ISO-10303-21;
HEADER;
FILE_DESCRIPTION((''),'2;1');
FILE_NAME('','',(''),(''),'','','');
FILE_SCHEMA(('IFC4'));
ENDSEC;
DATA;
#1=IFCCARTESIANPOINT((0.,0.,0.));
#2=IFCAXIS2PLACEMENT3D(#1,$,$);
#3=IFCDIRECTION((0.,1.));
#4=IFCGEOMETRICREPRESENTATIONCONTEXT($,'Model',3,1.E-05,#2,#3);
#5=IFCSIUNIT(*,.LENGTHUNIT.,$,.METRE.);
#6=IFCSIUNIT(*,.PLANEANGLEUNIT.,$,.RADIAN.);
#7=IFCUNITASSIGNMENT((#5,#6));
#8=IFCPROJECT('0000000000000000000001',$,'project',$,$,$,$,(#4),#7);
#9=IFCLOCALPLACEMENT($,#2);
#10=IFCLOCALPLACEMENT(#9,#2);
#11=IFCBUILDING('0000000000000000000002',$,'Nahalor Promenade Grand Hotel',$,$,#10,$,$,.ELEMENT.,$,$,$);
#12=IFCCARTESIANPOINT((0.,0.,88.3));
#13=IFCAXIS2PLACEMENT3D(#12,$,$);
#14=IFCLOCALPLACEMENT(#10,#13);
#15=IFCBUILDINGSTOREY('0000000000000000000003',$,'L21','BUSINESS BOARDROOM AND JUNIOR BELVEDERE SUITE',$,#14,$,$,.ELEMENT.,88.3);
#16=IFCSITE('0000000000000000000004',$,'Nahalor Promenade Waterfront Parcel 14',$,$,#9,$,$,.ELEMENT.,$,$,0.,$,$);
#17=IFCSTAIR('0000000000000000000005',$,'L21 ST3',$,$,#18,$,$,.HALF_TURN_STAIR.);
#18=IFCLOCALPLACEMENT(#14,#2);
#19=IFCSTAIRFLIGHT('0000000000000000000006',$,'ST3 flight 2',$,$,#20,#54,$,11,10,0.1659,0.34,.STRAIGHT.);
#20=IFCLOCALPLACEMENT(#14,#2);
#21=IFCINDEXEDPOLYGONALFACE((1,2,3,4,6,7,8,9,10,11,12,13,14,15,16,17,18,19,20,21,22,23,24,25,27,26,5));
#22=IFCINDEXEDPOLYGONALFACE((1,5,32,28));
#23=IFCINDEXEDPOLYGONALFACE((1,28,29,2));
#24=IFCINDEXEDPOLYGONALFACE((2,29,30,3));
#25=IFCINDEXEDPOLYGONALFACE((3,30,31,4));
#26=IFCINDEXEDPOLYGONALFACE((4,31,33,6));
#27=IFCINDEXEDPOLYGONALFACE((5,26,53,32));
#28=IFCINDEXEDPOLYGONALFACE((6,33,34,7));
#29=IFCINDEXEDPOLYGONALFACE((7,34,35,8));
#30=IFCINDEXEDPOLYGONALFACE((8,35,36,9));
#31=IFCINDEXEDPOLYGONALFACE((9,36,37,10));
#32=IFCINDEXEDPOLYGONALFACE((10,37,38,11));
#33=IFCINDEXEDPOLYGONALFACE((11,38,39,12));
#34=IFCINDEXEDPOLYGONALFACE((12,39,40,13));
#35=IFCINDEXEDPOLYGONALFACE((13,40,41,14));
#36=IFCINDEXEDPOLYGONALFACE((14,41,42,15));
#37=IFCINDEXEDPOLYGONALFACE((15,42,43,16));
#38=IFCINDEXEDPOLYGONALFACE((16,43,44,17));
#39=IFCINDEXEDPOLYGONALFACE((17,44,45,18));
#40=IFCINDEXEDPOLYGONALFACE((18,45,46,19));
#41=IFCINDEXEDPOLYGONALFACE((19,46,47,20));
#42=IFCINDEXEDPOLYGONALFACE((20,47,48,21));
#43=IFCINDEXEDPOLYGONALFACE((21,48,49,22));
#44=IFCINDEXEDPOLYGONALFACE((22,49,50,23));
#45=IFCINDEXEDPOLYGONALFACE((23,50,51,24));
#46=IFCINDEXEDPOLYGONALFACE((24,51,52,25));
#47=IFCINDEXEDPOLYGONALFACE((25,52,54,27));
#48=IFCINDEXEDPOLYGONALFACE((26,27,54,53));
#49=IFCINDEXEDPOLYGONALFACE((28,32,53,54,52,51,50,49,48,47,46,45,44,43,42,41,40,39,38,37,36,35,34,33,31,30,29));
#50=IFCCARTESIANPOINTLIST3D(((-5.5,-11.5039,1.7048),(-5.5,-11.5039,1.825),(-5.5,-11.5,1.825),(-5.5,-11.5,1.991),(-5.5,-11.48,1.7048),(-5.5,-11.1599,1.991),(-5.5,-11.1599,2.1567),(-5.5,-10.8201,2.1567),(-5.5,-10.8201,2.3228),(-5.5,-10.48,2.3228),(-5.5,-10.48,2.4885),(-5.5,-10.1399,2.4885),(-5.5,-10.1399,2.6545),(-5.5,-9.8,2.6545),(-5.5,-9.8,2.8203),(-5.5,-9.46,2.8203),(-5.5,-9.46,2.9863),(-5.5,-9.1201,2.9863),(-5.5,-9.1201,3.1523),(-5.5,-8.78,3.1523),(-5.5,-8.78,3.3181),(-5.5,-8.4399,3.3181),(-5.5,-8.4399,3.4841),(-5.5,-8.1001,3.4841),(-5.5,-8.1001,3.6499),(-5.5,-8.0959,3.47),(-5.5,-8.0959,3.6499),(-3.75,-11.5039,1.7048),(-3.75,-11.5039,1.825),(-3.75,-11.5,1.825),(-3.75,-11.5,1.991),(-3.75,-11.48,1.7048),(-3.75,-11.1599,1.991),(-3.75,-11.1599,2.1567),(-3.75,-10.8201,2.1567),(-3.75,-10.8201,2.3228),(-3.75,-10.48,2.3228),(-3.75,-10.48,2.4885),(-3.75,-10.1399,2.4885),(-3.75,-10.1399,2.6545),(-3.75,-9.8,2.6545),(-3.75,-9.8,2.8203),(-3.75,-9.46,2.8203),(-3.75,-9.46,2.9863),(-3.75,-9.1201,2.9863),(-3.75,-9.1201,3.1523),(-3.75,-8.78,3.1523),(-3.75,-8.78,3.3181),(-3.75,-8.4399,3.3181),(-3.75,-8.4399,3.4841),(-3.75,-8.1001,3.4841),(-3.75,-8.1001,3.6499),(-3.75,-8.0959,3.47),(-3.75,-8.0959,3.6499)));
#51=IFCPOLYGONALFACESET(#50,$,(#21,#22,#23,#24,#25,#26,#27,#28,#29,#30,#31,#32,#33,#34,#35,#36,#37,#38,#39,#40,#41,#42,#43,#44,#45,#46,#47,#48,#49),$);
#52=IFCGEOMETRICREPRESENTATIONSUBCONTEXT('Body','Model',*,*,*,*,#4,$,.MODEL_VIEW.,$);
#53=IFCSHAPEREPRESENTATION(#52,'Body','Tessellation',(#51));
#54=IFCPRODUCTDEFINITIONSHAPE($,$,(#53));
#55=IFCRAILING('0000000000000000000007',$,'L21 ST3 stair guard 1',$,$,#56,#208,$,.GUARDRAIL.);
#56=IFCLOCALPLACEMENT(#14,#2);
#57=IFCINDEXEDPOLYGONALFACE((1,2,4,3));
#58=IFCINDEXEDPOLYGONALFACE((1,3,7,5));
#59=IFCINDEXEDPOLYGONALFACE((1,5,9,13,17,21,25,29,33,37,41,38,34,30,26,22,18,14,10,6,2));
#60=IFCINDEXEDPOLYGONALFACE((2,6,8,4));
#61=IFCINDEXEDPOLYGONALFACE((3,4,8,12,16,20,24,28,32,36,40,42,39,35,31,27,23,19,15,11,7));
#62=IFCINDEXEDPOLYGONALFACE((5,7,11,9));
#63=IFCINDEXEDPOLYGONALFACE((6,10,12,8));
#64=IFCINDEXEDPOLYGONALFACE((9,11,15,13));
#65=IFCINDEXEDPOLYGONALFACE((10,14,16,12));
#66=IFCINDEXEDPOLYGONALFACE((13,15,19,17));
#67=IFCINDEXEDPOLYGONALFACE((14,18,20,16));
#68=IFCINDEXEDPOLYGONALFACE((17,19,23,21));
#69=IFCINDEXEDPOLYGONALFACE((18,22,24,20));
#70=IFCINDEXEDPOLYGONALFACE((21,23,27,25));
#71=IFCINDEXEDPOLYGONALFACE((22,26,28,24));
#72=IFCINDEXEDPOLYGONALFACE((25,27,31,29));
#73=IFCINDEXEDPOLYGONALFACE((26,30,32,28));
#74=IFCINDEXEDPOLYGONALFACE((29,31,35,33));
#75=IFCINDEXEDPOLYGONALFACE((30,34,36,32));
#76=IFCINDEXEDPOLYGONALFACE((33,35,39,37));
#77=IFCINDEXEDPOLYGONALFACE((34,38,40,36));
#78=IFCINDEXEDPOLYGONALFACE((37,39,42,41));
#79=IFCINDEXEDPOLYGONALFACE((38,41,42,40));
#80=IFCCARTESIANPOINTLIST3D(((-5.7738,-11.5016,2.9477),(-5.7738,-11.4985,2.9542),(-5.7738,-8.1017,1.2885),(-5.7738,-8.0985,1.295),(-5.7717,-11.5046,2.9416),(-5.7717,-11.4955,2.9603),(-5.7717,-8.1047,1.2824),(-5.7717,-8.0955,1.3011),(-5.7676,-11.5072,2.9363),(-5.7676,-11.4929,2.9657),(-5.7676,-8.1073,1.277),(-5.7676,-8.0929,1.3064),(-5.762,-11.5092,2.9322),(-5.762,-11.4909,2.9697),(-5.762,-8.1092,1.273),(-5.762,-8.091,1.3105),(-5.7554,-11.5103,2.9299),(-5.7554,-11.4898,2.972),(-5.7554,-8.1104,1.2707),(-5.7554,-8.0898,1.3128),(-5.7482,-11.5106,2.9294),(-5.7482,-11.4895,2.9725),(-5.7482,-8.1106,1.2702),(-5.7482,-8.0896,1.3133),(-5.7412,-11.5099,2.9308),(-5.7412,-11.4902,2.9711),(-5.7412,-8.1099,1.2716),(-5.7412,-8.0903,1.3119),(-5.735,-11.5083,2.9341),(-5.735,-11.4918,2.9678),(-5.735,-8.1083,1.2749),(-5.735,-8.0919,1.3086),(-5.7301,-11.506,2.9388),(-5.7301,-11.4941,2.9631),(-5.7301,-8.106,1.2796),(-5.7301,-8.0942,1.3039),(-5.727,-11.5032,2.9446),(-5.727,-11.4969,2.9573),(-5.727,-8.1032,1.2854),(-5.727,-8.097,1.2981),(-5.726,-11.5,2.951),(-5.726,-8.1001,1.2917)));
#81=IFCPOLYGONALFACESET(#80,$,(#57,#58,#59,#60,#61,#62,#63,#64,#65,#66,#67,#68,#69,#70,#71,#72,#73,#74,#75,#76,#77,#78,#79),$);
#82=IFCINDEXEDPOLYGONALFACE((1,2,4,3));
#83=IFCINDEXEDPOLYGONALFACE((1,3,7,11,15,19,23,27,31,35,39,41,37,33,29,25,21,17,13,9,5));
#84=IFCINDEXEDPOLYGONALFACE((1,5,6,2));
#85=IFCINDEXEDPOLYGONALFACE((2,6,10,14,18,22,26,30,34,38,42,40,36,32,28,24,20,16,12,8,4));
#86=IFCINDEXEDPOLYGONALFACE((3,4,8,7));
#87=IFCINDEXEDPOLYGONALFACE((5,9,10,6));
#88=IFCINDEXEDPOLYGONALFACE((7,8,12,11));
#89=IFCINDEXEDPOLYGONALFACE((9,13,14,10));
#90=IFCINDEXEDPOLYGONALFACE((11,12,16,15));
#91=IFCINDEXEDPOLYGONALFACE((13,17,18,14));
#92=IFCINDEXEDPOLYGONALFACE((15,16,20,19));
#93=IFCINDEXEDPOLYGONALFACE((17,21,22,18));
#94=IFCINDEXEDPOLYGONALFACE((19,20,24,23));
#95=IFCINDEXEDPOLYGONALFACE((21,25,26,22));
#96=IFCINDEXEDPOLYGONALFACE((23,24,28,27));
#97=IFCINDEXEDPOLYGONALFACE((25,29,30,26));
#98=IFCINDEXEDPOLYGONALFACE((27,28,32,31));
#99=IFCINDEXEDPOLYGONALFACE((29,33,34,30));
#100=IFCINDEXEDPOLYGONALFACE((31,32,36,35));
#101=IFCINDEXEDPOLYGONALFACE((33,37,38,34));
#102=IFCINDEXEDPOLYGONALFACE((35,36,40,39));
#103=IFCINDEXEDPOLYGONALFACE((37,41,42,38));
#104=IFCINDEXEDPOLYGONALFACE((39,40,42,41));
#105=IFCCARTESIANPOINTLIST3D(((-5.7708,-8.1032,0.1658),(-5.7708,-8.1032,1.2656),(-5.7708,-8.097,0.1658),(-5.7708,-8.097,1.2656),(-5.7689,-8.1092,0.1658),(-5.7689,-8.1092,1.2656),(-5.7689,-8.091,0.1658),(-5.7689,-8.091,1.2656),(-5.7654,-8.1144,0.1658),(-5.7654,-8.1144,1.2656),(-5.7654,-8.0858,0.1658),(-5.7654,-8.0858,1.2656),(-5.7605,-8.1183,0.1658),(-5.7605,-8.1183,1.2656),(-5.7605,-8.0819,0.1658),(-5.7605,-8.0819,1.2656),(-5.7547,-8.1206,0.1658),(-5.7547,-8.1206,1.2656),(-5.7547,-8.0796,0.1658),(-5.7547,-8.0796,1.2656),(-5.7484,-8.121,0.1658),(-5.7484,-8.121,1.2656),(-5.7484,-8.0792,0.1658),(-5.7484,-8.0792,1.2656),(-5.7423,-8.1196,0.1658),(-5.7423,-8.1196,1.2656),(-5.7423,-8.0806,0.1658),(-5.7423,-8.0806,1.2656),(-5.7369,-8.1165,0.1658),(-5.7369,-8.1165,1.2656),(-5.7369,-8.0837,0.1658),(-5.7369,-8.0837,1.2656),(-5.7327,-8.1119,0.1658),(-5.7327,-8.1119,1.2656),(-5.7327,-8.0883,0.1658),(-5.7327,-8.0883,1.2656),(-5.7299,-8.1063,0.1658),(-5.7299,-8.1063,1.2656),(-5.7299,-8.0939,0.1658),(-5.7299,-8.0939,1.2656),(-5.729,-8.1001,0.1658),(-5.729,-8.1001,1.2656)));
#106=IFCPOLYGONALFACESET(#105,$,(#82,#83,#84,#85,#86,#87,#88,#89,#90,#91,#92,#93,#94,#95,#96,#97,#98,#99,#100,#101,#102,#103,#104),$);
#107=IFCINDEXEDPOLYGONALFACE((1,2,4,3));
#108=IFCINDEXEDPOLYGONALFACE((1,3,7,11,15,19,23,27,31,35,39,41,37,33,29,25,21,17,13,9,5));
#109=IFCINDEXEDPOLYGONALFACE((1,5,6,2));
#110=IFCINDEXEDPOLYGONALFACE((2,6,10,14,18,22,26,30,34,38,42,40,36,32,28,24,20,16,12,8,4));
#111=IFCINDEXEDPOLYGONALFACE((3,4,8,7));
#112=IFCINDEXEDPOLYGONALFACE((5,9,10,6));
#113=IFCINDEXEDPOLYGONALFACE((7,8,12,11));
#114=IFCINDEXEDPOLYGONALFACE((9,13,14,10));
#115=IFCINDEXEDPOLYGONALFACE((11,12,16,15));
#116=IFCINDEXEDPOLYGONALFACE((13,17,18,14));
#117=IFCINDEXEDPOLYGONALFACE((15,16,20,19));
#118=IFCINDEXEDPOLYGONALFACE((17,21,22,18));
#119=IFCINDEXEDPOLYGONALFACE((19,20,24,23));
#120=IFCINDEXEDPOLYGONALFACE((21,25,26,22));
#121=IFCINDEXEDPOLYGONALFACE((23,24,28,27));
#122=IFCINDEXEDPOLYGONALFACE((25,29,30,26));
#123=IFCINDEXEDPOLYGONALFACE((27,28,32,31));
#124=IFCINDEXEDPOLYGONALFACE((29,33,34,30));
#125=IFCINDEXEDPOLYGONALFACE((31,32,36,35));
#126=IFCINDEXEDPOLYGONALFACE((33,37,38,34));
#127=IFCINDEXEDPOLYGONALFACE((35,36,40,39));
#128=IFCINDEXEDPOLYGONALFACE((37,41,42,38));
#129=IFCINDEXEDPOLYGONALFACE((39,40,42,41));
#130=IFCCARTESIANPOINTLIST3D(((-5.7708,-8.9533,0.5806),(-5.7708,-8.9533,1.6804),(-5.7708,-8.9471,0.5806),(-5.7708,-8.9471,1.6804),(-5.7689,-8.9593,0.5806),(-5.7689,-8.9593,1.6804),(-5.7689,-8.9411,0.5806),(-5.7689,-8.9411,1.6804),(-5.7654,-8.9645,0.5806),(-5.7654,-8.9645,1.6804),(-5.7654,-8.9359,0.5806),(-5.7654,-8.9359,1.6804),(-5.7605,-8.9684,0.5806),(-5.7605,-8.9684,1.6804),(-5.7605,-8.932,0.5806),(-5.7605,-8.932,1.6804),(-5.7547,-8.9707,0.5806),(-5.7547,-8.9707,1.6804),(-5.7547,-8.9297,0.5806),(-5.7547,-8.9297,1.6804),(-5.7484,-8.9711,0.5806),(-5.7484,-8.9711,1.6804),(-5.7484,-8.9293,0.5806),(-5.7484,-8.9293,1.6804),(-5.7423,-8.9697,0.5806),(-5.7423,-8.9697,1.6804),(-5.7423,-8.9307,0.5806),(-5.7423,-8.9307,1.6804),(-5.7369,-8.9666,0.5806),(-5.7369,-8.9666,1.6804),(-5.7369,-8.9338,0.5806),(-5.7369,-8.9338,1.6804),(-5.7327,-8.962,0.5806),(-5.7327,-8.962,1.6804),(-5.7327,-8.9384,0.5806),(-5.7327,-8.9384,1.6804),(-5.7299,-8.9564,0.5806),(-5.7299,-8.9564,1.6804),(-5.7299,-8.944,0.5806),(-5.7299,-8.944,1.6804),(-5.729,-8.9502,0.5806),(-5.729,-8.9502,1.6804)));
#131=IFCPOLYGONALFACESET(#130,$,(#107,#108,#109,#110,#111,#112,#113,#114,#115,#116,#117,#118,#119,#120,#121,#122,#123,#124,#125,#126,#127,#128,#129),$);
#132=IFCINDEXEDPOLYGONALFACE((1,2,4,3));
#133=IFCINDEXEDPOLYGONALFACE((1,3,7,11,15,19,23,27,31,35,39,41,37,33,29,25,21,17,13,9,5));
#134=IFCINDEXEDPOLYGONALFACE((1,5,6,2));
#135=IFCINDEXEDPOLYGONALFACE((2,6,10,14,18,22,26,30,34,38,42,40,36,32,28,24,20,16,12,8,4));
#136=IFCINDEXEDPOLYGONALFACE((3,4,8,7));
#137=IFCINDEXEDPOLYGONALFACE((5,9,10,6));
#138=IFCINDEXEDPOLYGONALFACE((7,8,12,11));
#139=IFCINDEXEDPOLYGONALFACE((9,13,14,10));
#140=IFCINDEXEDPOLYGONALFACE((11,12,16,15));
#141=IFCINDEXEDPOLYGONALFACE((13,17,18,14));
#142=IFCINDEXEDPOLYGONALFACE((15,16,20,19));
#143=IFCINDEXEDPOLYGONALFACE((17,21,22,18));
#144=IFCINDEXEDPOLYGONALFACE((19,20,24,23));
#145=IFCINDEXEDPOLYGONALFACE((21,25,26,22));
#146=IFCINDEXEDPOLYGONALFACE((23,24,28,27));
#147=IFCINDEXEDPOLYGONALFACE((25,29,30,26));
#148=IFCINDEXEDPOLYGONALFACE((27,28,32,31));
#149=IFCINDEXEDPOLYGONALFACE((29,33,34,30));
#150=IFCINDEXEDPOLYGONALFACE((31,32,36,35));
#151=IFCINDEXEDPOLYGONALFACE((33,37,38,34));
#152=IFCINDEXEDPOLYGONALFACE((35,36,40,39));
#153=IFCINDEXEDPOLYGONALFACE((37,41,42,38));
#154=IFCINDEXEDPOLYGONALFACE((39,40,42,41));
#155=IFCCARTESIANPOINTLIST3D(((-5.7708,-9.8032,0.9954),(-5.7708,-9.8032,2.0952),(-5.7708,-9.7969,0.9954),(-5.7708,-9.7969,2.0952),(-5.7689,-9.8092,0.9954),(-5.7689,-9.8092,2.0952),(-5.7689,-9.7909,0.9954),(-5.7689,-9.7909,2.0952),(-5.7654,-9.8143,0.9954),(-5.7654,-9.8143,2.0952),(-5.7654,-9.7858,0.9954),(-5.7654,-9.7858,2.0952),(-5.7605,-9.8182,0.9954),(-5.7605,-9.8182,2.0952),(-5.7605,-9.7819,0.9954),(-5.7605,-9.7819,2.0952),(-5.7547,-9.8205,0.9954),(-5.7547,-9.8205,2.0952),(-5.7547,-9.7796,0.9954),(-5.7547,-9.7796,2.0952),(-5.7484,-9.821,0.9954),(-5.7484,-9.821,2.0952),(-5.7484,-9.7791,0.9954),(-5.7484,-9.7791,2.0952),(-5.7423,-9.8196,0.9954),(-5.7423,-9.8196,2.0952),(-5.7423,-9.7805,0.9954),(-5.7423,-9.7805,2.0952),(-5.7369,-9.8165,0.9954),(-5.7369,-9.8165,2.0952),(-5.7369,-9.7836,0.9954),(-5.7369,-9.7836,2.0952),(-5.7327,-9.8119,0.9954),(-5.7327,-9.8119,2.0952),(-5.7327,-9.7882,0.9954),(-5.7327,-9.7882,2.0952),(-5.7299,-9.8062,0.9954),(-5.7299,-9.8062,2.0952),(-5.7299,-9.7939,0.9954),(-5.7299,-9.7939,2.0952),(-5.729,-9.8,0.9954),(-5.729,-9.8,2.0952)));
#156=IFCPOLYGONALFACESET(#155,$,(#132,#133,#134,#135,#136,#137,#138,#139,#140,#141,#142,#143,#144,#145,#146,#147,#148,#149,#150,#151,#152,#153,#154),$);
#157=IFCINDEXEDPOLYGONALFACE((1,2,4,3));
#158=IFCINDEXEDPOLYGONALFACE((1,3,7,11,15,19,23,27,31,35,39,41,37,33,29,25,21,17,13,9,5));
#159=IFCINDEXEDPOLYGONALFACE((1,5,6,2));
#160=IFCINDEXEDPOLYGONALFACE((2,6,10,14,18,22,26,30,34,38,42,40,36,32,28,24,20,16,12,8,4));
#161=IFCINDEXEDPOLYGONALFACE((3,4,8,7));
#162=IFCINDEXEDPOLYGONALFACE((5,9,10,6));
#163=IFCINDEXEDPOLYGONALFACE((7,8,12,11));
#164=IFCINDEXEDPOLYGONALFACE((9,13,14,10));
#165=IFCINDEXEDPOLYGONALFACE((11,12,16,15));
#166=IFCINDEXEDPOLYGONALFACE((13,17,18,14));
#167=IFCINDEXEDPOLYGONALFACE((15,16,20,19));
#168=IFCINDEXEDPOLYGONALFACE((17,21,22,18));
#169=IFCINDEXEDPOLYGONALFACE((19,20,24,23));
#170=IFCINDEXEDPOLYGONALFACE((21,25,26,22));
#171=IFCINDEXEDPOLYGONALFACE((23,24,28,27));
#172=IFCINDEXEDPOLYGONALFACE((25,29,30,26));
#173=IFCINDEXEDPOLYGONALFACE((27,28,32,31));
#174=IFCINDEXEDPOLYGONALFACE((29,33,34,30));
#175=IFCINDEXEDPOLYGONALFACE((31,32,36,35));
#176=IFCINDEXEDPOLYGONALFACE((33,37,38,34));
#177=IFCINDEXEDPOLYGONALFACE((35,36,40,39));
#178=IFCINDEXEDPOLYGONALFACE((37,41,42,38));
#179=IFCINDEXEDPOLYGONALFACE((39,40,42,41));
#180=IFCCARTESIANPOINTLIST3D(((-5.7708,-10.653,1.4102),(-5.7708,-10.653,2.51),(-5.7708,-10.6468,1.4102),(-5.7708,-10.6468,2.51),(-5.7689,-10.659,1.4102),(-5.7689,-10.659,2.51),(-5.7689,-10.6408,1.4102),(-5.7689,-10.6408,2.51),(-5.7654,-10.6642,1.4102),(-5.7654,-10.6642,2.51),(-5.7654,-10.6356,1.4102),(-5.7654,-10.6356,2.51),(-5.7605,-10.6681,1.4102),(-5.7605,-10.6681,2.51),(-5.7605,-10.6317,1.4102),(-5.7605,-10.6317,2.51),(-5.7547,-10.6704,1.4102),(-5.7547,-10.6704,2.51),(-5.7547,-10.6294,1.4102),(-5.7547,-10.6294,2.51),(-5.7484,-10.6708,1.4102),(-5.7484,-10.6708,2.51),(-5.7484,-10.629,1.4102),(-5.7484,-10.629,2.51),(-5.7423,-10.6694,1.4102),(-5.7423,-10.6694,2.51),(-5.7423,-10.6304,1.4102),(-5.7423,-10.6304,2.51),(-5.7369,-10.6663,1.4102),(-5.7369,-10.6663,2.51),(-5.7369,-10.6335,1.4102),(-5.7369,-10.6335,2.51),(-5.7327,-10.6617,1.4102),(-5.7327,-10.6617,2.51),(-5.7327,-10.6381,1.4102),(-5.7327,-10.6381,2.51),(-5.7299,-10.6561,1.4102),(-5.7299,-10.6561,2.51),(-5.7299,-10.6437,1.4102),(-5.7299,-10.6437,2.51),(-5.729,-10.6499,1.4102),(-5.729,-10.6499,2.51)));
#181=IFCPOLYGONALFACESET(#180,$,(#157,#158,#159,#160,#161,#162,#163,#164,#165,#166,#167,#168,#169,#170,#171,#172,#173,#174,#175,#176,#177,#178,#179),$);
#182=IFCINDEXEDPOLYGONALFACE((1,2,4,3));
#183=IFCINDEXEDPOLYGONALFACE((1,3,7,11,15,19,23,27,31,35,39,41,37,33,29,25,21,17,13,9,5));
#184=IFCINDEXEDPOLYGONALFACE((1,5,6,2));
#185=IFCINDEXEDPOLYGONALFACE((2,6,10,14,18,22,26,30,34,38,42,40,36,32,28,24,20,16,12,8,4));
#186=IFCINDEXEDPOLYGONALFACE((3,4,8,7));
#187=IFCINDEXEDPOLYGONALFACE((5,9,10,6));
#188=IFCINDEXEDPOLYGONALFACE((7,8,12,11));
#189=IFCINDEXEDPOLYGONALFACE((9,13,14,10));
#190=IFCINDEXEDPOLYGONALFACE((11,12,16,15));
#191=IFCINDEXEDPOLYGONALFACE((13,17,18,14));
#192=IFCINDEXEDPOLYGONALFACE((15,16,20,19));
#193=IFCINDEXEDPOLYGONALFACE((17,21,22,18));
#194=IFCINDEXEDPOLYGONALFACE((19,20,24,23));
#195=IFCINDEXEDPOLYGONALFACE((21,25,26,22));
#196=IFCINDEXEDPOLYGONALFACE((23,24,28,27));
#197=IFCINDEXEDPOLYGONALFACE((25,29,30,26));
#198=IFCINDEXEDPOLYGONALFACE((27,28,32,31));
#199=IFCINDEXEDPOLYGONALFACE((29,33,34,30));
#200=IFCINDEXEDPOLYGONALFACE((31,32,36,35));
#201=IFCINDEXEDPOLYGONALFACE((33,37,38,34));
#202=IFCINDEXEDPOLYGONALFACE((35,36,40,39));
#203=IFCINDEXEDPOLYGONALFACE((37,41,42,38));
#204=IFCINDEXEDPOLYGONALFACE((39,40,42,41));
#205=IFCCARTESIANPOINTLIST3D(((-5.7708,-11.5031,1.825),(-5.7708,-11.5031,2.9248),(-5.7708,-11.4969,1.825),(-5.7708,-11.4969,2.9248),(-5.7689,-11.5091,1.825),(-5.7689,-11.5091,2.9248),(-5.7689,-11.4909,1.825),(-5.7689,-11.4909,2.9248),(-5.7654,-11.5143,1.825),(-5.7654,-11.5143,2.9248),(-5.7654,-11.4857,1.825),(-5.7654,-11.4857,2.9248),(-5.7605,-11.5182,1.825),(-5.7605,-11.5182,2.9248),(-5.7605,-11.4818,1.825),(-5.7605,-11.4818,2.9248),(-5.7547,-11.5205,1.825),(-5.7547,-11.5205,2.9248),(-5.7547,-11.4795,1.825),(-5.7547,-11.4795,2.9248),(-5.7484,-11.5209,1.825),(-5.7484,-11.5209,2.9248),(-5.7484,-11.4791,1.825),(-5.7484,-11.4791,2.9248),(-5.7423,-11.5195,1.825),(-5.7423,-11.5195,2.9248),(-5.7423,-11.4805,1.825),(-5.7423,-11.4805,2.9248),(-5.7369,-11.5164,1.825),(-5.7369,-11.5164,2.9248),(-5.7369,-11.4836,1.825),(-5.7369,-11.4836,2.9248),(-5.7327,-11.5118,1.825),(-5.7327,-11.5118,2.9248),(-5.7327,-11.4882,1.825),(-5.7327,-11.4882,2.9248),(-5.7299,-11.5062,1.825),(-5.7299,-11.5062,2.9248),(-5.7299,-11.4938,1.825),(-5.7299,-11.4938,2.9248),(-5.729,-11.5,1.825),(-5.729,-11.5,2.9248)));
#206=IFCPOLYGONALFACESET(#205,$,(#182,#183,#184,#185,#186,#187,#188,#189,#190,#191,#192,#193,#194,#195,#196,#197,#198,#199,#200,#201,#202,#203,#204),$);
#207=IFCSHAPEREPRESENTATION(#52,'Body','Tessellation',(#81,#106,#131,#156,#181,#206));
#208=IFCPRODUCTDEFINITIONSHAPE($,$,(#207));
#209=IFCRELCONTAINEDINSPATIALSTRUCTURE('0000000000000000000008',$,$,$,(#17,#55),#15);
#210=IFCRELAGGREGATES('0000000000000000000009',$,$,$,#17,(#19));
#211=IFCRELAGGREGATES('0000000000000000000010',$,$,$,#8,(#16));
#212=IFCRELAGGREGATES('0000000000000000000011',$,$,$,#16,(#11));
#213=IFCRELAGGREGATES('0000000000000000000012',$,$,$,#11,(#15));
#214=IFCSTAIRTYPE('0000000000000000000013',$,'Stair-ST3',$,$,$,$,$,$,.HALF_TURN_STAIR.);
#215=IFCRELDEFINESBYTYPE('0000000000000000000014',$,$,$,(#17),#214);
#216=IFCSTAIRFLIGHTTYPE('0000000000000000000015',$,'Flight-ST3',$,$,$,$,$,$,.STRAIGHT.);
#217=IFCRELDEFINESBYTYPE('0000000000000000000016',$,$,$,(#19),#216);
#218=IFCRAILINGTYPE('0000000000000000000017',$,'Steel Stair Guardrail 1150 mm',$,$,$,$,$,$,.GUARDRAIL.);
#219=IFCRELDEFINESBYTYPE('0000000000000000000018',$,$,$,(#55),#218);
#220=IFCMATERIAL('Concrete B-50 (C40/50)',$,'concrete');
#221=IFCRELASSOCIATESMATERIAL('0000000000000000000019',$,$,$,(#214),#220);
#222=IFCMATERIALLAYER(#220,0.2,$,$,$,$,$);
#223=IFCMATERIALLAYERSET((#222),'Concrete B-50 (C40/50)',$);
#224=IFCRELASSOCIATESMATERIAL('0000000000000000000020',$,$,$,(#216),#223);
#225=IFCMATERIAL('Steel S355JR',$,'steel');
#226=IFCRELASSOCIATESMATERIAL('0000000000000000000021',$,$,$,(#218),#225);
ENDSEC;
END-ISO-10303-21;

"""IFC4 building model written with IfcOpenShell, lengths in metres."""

from ifc_helpers import new_model, si_unit, direction, frame, origin, origin_2d, place, context, subcontext, project, spatial, polyline, circle, outline, extrude, source, transform, mapped, material, layer, layer_set, type_object, element, aggregate, save


model = new_model("IFC4")

# Units and contexts
model_context = context("Model", 3, precision=1e-05, world=origin(), true_north=direction((0.0, 1.0)))
body_context = subcontext(model_context, "Body", "Model", "MODEL_VIEW")
ifc_project = project(units=[si_unit("LENGTHUNIT", "METRE"), si_unit("PLANEANGLEUNIT", "RADIAN")], contexts=[model_context])

# Site, building, storey
site_placement = place(None, origin())
site = spatial("IfcSite", under=ifc_project, at=site_placement, Name="Nahalor Promenade Waterfront Parcel 14", CompositionType="ELEMENT", RefElevation=0.0)
building_placement = place(site_placement, origin())
building = spatial("IfcBuilding", under=site, at=building_placement, Name="Nahalor Promenade Grand Hotel", CompositionType="ELEMENT")
storey_placement = place(building_placement, frame((0.0, 0.0, 88.3)))
storey = spatial("IfcBuildingStorey", under=building, at=storey_placement, Name="L21", Description="BUSINESS BOARDROOM AND JUNIOR BELVEDERE SUITE", CompositionType="ELEMENT", Elevation=88.3)

# Shared definitions
ifc_material_1 = material(Name="Steel S355JR", Category="steel")

# Shared definitions
ifc_material_2 = material(Name="Concrete B-50 (C40/50)", Category="concrete")

# Stair, stair flight
stair_type = type_object("IfcStairType", Name="Stair-ST3", PredefinedType="HALF_TURN_STAIR", material=ifc_material_2)
stair_placement = place(storey_placement, origin())
stair = element("IfcStair", 1, at=stair_placement, inside=storey, type_object=stair_type, Name="L21 ST3", PredefinedType="HALF_TURN_STAIR")
ifc_layer_1 = layer(ifc_material_2, 0.2)
ifc_layer_set_1 = layer_set([ifc_layer_1], Name="Concrete B-50 (C40/50)")
stair_flight_type = type_object("IfcStairFlightType", Name="Flight-ST3", PredefinedType="STRAIGHT", material=ifc_layer_set_1)
shared_shape_1 = source(origin(), body_context, "Body", "SweptSolid", [
    extrude(outline(polyline([(-0.0039, -0.1201), (-0.0039, 0.0), (0.0, 0.0), (0.0, 0.166), (0.3401, 0.166), (0.3401, 0.3318), (0.6799, 0.3318), (0.6799, 0.4978), (1.02, 0.4978), (1.02, 0.6636), (1.3601, 0.6636), (1.3601, 0.8296), (1.7, 0.8296), (1.7, 0.9954), (2.04, 0.9954), (2.04, 1.1614), (2.3799, 1.1614), (2.3799, 1.3274), (2.72, 1.3274), (2.72, 1.4932), (3.0601, 1.4932), (3.0601, 1.6592), (3.3999, 1.6592), (3.3999, 1.825), (3.4041, 1.825), (3.4041, 1.645), (0.02, -0.1201), (-0.0039, -0.1201)])), frame((0.0, 0.875, 0.0), z_axis=(0.0, -1.0, 0.0), x_axis=(1.0, 0.0, 0.0)), (0.0, 0.0, 1.0), 1.75),
])
stair_flight_1_placement = place(storey_placement, frame((-4.625, -11.5, 1.825), z_axis=(0.0, 0.0, 1.0), x_axis=(0.0, 1.0, 0.0)))
stair_flight_1 = element("IfcStairFlight", 2, at=stair_flight_1_placement, type_object=stair_flight_type, Name="ST3 flight 2", NumberOfRisers=11, NumberOfTreads=10, PredefinedType="STRAIGHT", RiserHeight=0.1659, TreadLength=0.34, context=body_context, shape_type="MappedRepresentation", body=[
    mapped(shared_shape_1, transform((0.0, 0.0, 0.0), scale=1.0)),
])
aggregate(stair, [stair_flight_1])

# Railing
railing_type_1 = type_object("IfcRailingType", Name="Steel Stair Guardrail 1150 mm", PredefinedType="GUARDRAIL", material=ifc_material_1)
railing_1_placement = place(storey_placement, frame((-5.75, -8.1001, 0.1658)))
element("IfcRailing", 3, at=railing_1_placement, inside=storey, type_object=railing_type_1, Name="L21 ST3 stair guard 1", PredefinedType="GUARDRAIL", context=body_context, shape_type="SweptSolid", body=[
    extrude(circle(Radius=0.024, at=origin_2d()), frame((0.0, 0.0, 1.126), z_axis=(0.0, -0.898696, 0.438571), x_axis=(1.0, 0.0, 0.0)), (0.0, 0.0, 1.0), 3.7832),
    extrude(circle(Radius=0.021, at=origin_2d()), origin(), (0.0, 0.0, 1.0), 1.0999),
    extrude(circle(Radius=0.021, at=origin_2d()), frame((0.0, -0.8501, 0.4148)), (0.0, 0.0, 1.0), 1.0999),
    extrude(circle(Radius=0.021, at=origin_2d()), frame((0.0, -1.7, 0.8296)), (0.0, 0.0, 1.0), 1.0999),
    extrude(circle(Radius=0.021, at=origin_2d()), frame((0.0, -2.5498, 1.2444)), (0.0, 0.0, 1.0), 1.0999),
    extrude(circle(Radius=0.021, at=origin_2d()), frame((0.0, -3.3999, 1.6592)), (0.0, 0.0, 1.0), 1.0999),
])

save(model, "model.ifc")
